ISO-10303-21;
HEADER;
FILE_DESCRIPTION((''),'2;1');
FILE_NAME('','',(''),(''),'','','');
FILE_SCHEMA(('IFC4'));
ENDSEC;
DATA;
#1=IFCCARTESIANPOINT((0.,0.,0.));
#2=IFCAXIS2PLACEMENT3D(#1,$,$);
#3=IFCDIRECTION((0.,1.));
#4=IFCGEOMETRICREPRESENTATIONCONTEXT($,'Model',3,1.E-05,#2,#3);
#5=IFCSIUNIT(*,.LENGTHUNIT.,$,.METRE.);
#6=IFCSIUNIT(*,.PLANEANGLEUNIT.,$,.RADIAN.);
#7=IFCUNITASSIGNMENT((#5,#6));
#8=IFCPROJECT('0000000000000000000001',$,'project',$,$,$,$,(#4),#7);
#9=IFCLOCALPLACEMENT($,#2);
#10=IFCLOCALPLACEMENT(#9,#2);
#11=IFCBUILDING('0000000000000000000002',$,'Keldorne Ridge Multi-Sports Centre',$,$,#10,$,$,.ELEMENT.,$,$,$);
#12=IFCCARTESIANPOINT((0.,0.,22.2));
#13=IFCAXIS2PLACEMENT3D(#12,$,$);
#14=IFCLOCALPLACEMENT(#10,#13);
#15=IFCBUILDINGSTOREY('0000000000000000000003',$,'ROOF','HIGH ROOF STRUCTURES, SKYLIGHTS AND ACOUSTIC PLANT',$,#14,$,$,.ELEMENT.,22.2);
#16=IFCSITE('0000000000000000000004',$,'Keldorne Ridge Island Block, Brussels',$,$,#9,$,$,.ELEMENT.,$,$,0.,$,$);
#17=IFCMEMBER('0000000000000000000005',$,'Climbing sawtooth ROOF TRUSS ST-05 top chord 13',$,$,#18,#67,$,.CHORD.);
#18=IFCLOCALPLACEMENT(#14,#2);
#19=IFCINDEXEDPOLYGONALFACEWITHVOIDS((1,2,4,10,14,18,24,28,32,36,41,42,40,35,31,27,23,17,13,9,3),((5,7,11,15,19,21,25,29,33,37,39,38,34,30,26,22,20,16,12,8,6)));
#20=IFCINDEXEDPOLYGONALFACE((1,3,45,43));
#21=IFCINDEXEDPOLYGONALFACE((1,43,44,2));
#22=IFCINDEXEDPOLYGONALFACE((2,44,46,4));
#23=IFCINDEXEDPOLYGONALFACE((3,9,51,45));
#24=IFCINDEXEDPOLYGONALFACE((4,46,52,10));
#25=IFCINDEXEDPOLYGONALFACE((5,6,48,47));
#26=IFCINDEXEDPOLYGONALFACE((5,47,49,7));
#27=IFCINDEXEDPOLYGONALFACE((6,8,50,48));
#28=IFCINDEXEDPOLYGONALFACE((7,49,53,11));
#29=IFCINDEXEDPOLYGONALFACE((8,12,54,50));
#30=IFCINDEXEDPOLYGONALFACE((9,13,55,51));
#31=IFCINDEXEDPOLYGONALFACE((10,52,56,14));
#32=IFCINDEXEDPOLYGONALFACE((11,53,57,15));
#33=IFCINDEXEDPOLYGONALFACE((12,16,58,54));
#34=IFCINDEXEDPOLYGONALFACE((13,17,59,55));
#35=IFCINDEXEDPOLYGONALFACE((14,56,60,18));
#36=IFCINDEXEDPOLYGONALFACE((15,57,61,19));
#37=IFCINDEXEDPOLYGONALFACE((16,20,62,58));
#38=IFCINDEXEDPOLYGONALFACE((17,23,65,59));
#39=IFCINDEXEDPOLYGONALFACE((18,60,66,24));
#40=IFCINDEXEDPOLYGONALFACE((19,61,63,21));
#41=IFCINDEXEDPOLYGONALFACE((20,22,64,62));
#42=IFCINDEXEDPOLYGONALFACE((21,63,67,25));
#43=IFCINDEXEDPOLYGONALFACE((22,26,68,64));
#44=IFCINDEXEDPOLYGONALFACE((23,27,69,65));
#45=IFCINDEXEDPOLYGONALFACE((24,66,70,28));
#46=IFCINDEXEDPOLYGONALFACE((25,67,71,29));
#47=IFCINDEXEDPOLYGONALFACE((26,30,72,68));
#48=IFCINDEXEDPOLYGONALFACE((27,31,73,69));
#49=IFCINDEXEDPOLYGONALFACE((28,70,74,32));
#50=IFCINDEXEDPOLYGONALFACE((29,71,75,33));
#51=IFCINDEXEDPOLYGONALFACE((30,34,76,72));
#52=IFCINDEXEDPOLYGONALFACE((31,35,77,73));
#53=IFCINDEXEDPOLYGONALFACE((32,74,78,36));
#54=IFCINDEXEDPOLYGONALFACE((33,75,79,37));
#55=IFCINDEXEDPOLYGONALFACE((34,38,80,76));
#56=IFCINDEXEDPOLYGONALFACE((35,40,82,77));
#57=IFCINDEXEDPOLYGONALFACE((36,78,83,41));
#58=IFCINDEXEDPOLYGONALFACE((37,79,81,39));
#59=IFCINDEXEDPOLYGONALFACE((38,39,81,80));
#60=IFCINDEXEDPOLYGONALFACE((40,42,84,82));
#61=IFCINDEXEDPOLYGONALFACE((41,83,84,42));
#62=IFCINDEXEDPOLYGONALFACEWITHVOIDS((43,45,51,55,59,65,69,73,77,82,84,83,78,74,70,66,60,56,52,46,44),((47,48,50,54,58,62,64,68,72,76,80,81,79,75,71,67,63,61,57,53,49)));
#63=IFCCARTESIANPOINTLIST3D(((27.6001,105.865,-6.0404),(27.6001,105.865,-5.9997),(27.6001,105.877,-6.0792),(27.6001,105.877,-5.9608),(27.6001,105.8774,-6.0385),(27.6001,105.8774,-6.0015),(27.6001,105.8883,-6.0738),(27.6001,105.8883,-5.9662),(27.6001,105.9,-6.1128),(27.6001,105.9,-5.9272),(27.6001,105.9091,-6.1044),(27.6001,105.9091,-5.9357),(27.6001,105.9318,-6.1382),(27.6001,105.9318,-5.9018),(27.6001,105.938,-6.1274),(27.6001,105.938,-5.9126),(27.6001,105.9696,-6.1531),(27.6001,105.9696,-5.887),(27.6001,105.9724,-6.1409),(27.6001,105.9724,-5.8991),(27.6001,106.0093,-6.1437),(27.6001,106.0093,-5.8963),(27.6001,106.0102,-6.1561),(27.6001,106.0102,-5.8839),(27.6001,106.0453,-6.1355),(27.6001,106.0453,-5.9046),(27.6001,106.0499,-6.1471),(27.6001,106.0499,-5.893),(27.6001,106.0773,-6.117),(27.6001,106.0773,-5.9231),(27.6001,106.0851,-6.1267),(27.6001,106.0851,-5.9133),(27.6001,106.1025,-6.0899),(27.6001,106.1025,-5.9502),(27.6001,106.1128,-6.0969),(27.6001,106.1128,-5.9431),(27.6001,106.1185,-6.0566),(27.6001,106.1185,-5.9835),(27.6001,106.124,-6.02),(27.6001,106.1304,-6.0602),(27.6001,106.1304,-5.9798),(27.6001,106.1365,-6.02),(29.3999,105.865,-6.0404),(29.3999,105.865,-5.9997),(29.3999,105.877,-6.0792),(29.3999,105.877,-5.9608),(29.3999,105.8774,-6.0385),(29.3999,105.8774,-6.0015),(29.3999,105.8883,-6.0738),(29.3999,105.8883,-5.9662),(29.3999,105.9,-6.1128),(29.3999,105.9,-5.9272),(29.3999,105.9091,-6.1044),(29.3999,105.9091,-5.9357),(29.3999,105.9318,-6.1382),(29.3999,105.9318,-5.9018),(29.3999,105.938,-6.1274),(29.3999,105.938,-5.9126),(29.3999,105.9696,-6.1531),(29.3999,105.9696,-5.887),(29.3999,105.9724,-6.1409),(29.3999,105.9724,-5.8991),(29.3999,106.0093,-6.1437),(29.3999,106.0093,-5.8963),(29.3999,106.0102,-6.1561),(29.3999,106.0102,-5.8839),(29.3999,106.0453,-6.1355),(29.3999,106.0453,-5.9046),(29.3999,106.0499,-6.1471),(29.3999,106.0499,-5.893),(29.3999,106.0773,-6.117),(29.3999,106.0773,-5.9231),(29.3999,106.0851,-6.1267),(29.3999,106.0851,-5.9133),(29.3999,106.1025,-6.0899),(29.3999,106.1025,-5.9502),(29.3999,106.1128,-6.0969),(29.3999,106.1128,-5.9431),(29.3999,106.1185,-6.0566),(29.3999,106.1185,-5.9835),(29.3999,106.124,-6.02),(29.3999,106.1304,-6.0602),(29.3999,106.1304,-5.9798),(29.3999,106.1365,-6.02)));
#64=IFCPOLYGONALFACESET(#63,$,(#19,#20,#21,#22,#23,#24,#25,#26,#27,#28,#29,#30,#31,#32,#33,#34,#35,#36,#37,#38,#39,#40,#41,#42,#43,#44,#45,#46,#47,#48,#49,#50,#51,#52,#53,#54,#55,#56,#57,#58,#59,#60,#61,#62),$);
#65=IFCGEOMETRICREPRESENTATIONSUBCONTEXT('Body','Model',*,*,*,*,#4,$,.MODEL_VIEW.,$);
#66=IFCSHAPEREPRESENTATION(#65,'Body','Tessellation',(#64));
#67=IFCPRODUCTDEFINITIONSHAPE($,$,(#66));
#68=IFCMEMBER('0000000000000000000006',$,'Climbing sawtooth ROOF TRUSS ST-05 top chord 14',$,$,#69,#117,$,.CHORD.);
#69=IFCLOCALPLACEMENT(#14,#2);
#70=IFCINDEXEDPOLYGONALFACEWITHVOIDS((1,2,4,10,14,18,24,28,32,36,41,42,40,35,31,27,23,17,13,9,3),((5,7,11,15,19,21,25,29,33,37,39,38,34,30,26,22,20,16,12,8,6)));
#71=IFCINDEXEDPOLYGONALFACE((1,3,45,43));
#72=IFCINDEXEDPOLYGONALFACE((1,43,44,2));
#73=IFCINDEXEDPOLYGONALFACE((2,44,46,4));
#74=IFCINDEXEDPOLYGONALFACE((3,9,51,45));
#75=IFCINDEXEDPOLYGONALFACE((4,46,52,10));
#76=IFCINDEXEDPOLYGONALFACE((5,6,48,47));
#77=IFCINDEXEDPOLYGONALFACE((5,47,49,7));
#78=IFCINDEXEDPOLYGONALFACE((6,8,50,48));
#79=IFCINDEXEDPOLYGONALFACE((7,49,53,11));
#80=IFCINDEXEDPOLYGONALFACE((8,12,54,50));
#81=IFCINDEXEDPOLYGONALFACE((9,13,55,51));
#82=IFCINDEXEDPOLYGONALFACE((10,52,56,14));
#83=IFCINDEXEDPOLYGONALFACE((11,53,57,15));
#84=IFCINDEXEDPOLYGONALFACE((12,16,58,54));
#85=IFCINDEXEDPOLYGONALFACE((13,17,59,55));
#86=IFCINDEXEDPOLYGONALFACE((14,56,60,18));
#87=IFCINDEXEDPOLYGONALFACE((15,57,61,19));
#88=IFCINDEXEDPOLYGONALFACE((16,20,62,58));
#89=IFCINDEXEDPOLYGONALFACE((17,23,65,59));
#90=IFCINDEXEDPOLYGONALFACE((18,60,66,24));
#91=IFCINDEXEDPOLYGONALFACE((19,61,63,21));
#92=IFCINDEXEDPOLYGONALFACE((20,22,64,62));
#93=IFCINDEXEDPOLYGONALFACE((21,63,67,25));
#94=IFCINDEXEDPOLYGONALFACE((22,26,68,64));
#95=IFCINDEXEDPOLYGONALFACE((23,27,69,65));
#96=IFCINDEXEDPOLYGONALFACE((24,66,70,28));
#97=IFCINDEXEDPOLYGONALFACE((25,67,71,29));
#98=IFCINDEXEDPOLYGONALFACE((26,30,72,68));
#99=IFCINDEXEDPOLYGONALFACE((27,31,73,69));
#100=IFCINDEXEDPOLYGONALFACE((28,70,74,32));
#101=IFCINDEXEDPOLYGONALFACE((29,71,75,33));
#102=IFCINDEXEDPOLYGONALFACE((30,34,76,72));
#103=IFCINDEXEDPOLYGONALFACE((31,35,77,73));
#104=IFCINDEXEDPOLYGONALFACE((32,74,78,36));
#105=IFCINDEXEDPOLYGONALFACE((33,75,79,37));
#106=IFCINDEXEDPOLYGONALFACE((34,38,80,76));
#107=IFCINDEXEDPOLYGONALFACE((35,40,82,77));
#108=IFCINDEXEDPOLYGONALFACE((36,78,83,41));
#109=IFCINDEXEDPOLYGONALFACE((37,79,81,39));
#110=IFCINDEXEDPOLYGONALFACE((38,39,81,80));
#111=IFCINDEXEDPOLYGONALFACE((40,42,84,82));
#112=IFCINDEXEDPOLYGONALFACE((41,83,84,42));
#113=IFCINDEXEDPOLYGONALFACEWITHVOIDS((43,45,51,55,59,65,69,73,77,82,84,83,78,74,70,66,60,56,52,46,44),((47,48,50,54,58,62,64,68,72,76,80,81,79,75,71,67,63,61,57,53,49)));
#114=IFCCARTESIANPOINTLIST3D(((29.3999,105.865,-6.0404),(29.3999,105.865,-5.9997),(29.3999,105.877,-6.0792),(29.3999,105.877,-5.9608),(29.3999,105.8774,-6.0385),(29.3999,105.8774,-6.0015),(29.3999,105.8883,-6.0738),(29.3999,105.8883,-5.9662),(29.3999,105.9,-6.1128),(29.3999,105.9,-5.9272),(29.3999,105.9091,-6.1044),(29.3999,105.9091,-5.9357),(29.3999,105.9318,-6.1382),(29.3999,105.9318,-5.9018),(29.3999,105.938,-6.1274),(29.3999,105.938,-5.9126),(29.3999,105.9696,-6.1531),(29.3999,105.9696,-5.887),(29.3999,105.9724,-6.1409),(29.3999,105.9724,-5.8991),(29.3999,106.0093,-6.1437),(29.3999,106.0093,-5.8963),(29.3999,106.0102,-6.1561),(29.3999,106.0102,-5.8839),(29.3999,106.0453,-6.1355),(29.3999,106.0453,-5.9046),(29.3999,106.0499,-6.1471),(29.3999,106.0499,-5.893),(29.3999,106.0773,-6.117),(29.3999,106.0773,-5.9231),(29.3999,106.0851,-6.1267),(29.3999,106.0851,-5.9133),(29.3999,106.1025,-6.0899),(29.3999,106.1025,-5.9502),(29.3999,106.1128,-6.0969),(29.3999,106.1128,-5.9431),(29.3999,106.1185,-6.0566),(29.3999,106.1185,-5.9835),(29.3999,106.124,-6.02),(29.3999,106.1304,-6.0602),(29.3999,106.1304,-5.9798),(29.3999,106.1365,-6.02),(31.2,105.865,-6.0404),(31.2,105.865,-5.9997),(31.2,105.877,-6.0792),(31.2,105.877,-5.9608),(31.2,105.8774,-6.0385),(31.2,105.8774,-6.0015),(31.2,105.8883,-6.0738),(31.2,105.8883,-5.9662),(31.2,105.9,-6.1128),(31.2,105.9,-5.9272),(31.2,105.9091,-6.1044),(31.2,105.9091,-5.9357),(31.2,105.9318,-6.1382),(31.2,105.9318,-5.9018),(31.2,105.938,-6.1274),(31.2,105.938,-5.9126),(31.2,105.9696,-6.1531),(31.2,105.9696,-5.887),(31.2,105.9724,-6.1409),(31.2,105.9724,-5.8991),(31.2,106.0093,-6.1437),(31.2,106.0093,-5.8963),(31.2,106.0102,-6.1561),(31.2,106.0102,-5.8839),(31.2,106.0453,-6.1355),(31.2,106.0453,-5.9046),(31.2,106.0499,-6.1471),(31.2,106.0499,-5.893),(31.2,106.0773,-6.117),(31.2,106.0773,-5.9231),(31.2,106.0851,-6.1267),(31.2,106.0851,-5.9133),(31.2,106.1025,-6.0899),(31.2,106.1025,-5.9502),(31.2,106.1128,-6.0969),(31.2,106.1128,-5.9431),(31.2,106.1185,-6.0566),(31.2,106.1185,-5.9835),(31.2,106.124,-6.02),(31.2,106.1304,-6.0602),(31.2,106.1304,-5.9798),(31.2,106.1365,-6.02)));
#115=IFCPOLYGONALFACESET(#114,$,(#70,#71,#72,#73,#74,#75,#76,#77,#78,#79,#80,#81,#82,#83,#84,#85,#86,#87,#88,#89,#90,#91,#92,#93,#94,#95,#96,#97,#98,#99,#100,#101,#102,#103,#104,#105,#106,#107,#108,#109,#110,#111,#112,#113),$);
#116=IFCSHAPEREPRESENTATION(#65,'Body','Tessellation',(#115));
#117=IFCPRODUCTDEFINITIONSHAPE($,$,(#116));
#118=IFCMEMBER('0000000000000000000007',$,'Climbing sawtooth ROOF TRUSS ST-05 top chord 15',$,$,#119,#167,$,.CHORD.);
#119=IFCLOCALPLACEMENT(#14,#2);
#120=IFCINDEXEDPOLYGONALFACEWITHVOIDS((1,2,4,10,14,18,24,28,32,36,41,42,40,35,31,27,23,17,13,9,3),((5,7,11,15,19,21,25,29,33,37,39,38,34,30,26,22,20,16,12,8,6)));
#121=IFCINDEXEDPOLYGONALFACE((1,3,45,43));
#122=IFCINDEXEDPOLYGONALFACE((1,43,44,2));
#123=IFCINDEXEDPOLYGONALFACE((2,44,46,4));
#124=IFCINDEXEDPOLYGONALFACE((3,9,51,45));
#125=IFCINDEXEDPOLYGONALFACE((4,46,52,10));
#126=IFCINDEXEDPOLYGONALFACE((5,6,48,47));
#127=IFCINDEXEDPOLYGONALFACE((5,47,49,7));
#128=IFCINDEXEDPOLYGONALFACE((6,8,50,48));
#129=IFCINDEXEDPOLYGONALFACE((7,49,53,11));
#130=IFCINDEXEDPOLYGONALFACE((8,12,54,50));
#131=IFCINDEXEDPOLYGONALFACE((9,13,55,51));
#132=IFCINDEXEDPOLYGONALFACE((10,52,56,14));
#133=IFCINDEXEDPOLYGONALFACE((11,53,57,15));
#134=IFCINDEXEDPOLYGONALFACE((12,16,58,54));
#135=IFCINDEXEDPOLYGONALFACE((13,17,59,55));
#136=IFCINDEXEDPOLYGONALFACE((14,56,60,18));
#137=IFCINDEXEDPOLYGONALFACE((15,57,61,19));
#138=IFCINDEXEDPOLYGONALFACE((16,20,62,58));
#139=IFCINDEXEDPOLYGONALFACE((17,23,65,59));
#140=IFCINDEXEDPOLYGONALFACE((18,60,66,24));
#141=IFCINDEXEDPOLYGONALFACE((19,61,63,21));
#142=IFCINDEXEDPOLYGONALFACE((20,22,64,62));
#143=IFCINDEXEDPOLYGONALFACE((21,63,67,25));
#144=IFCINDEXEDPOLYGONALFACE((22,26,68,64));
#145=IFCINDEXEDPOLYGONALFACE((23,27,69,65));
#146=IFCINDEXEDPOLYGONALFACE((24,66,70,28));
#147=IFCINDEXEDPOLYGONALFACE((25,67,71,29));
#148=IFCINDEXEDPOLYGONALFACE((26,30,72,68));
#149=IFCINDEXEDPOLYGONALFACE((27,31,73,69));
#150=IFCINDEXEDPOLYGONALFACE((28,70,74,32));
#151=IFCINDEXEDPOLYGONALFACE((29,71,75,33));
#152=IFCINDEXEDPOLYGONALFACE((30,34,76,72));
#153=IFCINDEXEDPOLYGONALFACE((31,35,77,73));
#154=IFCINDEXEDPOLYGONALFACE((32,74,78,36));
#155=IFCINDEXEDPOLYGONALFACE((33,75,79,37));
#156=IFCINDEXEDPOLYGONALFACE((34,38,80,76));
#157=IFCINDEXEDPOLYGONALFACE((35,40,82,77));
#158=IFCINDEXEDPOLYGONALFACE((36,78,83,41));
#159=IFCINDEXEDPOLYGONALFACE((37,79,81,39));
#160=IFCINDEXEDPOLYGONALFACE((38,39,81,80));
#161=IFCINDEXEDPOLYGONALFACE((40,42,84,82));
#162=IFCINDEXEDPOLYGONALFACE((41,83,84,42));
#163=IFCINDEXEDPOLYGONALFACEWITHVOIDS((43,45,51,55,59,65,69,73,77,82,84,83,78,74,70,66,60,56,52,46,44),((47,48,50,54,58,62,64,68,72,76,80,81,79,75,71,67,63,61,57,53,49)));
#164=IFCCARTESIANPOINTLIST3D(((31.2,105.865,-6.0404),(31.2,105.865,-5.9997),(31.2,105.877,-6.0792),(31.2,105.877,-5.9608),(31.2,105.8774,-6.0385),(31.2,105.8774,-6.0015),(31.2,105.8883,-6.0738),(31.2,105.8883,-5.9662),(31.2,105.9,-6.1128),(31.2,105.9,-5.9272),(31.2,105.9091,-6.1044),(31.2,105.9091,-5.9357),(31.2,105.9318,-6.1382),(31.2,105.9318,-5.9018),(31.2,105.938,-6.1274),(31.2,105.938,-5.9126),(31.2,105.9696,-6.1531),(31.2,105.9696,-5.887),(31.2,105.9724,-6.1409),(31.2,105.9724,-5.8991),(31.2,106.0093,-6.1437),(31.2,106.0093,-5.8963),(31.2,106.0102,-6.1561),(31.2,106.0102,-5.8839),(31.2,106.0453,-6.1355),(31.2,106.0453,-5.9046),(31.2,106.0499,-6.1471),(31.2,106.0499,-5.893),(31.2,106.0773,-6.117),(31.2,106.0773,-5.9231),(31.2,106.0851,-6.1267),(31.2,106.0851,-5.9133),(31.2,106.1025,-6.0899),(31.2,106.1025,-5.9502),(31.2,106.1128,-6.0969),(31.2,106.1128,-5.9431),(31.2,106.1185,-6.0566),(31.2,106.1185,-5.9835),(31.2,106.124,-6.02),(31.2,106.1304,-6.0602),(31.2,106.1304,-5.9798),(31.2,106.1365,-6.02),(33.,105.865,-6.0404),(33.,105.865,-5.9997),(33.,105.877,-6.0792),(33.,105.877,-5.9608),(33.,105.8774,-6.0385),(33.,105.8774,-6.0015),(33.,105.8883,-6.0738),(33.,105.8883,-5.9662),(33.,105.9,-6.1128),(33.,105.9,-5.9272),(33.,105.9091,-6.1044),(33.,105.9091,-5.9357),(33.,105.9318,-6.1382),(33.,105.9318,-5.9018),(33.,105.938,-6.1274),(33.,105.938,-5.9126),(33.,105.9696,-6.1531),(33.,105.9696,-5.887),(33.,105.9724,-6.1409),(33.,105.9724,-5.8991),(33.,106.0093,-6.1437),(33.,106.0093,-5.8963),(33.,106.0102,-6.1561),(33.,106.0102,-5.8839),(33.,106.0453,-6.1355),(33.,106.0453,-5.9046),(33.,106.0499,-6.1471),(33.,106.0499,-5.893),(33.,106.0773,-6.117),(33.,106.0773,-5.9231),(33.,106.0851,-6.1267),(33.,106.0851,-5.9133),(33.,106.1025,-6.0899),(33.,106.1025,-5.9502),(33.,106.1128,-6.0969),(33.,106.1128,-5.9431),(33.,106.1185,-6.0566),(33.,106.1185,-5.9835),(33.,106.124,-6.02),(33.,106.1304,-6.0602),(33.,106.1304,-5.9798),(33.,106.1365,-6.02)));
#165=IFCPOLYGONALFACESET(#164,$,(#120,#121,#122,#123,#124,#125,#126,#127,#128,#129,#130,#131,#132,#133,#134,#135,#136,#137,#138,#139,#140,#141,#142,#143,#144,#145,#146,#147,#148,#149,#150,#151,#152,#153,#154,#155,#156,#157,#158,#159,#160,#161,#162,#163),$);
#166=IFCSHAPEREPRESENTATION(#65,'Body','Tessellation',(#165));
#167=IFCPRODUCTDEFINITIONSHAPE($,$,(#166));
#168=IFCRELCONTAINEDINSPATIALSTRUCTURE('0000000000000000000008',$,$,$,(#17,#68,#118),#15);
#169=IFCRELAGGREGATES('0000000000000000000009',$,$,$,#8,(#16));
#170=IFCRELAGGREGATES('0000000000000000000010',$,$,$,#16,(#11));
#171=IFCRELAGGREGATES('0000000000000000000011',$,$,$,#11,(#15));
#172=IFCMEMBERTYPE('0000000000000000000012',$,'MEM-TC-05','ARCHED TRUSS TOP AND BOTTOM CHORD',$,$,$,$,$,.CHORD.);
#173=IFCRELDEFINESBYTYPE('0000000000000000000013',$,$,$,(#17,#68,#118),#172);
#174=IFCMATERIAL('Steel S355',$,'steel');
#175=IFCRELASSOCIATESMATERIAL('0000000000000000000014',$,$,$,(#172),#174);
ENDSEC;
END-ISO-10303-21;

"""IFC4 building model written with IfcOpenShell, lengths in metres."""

from ifc_helpers import new_model, si_unit, direction, frame, origin, origin_2d, place, context, subcontext, project, spatial, hollow_circle, extrude, material, material_profile, profile_set, type_object, element, save


model = new_model("IFC4")

# Units and contexts
model_context = context("Model", 3, precision=1e-05, world=origin(), true_north=direction((0.0, 1.0)))
body_context = subcontext(model_context, "Body", "Model", "MODEL_VIEW")
ifc_project = project(units=[si_unit("LENGTHUNIT", "METRE"), si_unit("PLANEANGLEUNIT", "RADIAN")], contexts=[model_context])

# Site, building, storey
site_placement = place(None, origin())
site = spatial("IfcSite", under=ifc_project, at=site_placement, Name="Keldorne Ridge Island Block, Brussels", CompositionType="ELEMENT", RefElevation=0.0)
building_placement = place(site_placement, origin())
building = spatial("IfcBuilding", under=site, at=building_placement, Name="Keldorne Ridge Multi-Sports Centre", CompositionType="ELEMENT")
storey_placement = place(building_placement, frame((0.0, 0.0, 22.2)))
storey = spatial("IfcBuildingStorey", under=building, at=storey_placement, Name="ROOF", Description="HIGH ROOF STRUCTURES, SKYLIGHTS AND ACOUSTIC PLANT", CompositionType="ELEMENT", Elevation=22.2)

# Shared definitions
ifc_material_1 = material(Name="Steel S355", Category="steel")

# Members
ifc_material_profile_1 = material_profile(ifc_material_1, hollow_circle(Radius=0.1365, WallThickness=0.0125, at=origin_2d()), Name="CHS 273x12.5")
ifc_profile_set_1 = profile_set([ifc_material_profile_1], Name="Steel S355")
member_type_1 = type_object("IfcMemberType", Name="MEM-TC-05", Description="ARCHED TRUSS TOP AND BOTTOM CHORD", PredefinedType="CHORD", material=ifc_profile_set_1)
member_1_placement = place(storey_placement, frame((27.6001, 106.0, -6.02), z_axis=(1.0, 0.0, 0.0), x_axis=(0.0, 1.0, 0.0)))
element("IfcMember", 1, at=member_1_placement, inside=storey, type_object=member_type_1, Name="Climbing sawtooth ROOF TRUSS ST-05 top chord 13", PredefinedType="CHORD", context=body_context, shape_type="SweptSolid", body=[
    extrude(hollow_circle(Radius=0.1365, WallThickness=0.0125, at=origin_2d()), origin(), (0.0, 0.0, 1.0), 1.7998),
])
for number, where, z_axis, x_axis, name in (
    (2, (29.3999, 106.0, -6.02), (1.0, 0.0, 0.0), (0.0, 1.0, 0.0), "Climbing sawtooth ROOF TRUSS ST-05 top chord 14"),
    (3, (31.2, 106.0, -6.02), (1.0, 0.0, 0.0), (0.0, 1.0, 0.0), "Climbing sawtooth ROOF TRUSS ST-05 top chord 15"),
):
    element("IfcMember", number, at=place(storey_placement, frame(where, z_axis=z_axis, x_axis=x_axis)), inside=storey, type_object=member_type_1, Name=name, PredefinedType="CHORD", context=body_context, shape_type="SweptSolid", body=[
        extrude(hollow_circle(Radius=0.1365, WallThickness=0.0125, at=origin_2d()), origin(), (0.0, 0.0, 1.0), 1.8),
    ])

save(model, "model.ifc")
